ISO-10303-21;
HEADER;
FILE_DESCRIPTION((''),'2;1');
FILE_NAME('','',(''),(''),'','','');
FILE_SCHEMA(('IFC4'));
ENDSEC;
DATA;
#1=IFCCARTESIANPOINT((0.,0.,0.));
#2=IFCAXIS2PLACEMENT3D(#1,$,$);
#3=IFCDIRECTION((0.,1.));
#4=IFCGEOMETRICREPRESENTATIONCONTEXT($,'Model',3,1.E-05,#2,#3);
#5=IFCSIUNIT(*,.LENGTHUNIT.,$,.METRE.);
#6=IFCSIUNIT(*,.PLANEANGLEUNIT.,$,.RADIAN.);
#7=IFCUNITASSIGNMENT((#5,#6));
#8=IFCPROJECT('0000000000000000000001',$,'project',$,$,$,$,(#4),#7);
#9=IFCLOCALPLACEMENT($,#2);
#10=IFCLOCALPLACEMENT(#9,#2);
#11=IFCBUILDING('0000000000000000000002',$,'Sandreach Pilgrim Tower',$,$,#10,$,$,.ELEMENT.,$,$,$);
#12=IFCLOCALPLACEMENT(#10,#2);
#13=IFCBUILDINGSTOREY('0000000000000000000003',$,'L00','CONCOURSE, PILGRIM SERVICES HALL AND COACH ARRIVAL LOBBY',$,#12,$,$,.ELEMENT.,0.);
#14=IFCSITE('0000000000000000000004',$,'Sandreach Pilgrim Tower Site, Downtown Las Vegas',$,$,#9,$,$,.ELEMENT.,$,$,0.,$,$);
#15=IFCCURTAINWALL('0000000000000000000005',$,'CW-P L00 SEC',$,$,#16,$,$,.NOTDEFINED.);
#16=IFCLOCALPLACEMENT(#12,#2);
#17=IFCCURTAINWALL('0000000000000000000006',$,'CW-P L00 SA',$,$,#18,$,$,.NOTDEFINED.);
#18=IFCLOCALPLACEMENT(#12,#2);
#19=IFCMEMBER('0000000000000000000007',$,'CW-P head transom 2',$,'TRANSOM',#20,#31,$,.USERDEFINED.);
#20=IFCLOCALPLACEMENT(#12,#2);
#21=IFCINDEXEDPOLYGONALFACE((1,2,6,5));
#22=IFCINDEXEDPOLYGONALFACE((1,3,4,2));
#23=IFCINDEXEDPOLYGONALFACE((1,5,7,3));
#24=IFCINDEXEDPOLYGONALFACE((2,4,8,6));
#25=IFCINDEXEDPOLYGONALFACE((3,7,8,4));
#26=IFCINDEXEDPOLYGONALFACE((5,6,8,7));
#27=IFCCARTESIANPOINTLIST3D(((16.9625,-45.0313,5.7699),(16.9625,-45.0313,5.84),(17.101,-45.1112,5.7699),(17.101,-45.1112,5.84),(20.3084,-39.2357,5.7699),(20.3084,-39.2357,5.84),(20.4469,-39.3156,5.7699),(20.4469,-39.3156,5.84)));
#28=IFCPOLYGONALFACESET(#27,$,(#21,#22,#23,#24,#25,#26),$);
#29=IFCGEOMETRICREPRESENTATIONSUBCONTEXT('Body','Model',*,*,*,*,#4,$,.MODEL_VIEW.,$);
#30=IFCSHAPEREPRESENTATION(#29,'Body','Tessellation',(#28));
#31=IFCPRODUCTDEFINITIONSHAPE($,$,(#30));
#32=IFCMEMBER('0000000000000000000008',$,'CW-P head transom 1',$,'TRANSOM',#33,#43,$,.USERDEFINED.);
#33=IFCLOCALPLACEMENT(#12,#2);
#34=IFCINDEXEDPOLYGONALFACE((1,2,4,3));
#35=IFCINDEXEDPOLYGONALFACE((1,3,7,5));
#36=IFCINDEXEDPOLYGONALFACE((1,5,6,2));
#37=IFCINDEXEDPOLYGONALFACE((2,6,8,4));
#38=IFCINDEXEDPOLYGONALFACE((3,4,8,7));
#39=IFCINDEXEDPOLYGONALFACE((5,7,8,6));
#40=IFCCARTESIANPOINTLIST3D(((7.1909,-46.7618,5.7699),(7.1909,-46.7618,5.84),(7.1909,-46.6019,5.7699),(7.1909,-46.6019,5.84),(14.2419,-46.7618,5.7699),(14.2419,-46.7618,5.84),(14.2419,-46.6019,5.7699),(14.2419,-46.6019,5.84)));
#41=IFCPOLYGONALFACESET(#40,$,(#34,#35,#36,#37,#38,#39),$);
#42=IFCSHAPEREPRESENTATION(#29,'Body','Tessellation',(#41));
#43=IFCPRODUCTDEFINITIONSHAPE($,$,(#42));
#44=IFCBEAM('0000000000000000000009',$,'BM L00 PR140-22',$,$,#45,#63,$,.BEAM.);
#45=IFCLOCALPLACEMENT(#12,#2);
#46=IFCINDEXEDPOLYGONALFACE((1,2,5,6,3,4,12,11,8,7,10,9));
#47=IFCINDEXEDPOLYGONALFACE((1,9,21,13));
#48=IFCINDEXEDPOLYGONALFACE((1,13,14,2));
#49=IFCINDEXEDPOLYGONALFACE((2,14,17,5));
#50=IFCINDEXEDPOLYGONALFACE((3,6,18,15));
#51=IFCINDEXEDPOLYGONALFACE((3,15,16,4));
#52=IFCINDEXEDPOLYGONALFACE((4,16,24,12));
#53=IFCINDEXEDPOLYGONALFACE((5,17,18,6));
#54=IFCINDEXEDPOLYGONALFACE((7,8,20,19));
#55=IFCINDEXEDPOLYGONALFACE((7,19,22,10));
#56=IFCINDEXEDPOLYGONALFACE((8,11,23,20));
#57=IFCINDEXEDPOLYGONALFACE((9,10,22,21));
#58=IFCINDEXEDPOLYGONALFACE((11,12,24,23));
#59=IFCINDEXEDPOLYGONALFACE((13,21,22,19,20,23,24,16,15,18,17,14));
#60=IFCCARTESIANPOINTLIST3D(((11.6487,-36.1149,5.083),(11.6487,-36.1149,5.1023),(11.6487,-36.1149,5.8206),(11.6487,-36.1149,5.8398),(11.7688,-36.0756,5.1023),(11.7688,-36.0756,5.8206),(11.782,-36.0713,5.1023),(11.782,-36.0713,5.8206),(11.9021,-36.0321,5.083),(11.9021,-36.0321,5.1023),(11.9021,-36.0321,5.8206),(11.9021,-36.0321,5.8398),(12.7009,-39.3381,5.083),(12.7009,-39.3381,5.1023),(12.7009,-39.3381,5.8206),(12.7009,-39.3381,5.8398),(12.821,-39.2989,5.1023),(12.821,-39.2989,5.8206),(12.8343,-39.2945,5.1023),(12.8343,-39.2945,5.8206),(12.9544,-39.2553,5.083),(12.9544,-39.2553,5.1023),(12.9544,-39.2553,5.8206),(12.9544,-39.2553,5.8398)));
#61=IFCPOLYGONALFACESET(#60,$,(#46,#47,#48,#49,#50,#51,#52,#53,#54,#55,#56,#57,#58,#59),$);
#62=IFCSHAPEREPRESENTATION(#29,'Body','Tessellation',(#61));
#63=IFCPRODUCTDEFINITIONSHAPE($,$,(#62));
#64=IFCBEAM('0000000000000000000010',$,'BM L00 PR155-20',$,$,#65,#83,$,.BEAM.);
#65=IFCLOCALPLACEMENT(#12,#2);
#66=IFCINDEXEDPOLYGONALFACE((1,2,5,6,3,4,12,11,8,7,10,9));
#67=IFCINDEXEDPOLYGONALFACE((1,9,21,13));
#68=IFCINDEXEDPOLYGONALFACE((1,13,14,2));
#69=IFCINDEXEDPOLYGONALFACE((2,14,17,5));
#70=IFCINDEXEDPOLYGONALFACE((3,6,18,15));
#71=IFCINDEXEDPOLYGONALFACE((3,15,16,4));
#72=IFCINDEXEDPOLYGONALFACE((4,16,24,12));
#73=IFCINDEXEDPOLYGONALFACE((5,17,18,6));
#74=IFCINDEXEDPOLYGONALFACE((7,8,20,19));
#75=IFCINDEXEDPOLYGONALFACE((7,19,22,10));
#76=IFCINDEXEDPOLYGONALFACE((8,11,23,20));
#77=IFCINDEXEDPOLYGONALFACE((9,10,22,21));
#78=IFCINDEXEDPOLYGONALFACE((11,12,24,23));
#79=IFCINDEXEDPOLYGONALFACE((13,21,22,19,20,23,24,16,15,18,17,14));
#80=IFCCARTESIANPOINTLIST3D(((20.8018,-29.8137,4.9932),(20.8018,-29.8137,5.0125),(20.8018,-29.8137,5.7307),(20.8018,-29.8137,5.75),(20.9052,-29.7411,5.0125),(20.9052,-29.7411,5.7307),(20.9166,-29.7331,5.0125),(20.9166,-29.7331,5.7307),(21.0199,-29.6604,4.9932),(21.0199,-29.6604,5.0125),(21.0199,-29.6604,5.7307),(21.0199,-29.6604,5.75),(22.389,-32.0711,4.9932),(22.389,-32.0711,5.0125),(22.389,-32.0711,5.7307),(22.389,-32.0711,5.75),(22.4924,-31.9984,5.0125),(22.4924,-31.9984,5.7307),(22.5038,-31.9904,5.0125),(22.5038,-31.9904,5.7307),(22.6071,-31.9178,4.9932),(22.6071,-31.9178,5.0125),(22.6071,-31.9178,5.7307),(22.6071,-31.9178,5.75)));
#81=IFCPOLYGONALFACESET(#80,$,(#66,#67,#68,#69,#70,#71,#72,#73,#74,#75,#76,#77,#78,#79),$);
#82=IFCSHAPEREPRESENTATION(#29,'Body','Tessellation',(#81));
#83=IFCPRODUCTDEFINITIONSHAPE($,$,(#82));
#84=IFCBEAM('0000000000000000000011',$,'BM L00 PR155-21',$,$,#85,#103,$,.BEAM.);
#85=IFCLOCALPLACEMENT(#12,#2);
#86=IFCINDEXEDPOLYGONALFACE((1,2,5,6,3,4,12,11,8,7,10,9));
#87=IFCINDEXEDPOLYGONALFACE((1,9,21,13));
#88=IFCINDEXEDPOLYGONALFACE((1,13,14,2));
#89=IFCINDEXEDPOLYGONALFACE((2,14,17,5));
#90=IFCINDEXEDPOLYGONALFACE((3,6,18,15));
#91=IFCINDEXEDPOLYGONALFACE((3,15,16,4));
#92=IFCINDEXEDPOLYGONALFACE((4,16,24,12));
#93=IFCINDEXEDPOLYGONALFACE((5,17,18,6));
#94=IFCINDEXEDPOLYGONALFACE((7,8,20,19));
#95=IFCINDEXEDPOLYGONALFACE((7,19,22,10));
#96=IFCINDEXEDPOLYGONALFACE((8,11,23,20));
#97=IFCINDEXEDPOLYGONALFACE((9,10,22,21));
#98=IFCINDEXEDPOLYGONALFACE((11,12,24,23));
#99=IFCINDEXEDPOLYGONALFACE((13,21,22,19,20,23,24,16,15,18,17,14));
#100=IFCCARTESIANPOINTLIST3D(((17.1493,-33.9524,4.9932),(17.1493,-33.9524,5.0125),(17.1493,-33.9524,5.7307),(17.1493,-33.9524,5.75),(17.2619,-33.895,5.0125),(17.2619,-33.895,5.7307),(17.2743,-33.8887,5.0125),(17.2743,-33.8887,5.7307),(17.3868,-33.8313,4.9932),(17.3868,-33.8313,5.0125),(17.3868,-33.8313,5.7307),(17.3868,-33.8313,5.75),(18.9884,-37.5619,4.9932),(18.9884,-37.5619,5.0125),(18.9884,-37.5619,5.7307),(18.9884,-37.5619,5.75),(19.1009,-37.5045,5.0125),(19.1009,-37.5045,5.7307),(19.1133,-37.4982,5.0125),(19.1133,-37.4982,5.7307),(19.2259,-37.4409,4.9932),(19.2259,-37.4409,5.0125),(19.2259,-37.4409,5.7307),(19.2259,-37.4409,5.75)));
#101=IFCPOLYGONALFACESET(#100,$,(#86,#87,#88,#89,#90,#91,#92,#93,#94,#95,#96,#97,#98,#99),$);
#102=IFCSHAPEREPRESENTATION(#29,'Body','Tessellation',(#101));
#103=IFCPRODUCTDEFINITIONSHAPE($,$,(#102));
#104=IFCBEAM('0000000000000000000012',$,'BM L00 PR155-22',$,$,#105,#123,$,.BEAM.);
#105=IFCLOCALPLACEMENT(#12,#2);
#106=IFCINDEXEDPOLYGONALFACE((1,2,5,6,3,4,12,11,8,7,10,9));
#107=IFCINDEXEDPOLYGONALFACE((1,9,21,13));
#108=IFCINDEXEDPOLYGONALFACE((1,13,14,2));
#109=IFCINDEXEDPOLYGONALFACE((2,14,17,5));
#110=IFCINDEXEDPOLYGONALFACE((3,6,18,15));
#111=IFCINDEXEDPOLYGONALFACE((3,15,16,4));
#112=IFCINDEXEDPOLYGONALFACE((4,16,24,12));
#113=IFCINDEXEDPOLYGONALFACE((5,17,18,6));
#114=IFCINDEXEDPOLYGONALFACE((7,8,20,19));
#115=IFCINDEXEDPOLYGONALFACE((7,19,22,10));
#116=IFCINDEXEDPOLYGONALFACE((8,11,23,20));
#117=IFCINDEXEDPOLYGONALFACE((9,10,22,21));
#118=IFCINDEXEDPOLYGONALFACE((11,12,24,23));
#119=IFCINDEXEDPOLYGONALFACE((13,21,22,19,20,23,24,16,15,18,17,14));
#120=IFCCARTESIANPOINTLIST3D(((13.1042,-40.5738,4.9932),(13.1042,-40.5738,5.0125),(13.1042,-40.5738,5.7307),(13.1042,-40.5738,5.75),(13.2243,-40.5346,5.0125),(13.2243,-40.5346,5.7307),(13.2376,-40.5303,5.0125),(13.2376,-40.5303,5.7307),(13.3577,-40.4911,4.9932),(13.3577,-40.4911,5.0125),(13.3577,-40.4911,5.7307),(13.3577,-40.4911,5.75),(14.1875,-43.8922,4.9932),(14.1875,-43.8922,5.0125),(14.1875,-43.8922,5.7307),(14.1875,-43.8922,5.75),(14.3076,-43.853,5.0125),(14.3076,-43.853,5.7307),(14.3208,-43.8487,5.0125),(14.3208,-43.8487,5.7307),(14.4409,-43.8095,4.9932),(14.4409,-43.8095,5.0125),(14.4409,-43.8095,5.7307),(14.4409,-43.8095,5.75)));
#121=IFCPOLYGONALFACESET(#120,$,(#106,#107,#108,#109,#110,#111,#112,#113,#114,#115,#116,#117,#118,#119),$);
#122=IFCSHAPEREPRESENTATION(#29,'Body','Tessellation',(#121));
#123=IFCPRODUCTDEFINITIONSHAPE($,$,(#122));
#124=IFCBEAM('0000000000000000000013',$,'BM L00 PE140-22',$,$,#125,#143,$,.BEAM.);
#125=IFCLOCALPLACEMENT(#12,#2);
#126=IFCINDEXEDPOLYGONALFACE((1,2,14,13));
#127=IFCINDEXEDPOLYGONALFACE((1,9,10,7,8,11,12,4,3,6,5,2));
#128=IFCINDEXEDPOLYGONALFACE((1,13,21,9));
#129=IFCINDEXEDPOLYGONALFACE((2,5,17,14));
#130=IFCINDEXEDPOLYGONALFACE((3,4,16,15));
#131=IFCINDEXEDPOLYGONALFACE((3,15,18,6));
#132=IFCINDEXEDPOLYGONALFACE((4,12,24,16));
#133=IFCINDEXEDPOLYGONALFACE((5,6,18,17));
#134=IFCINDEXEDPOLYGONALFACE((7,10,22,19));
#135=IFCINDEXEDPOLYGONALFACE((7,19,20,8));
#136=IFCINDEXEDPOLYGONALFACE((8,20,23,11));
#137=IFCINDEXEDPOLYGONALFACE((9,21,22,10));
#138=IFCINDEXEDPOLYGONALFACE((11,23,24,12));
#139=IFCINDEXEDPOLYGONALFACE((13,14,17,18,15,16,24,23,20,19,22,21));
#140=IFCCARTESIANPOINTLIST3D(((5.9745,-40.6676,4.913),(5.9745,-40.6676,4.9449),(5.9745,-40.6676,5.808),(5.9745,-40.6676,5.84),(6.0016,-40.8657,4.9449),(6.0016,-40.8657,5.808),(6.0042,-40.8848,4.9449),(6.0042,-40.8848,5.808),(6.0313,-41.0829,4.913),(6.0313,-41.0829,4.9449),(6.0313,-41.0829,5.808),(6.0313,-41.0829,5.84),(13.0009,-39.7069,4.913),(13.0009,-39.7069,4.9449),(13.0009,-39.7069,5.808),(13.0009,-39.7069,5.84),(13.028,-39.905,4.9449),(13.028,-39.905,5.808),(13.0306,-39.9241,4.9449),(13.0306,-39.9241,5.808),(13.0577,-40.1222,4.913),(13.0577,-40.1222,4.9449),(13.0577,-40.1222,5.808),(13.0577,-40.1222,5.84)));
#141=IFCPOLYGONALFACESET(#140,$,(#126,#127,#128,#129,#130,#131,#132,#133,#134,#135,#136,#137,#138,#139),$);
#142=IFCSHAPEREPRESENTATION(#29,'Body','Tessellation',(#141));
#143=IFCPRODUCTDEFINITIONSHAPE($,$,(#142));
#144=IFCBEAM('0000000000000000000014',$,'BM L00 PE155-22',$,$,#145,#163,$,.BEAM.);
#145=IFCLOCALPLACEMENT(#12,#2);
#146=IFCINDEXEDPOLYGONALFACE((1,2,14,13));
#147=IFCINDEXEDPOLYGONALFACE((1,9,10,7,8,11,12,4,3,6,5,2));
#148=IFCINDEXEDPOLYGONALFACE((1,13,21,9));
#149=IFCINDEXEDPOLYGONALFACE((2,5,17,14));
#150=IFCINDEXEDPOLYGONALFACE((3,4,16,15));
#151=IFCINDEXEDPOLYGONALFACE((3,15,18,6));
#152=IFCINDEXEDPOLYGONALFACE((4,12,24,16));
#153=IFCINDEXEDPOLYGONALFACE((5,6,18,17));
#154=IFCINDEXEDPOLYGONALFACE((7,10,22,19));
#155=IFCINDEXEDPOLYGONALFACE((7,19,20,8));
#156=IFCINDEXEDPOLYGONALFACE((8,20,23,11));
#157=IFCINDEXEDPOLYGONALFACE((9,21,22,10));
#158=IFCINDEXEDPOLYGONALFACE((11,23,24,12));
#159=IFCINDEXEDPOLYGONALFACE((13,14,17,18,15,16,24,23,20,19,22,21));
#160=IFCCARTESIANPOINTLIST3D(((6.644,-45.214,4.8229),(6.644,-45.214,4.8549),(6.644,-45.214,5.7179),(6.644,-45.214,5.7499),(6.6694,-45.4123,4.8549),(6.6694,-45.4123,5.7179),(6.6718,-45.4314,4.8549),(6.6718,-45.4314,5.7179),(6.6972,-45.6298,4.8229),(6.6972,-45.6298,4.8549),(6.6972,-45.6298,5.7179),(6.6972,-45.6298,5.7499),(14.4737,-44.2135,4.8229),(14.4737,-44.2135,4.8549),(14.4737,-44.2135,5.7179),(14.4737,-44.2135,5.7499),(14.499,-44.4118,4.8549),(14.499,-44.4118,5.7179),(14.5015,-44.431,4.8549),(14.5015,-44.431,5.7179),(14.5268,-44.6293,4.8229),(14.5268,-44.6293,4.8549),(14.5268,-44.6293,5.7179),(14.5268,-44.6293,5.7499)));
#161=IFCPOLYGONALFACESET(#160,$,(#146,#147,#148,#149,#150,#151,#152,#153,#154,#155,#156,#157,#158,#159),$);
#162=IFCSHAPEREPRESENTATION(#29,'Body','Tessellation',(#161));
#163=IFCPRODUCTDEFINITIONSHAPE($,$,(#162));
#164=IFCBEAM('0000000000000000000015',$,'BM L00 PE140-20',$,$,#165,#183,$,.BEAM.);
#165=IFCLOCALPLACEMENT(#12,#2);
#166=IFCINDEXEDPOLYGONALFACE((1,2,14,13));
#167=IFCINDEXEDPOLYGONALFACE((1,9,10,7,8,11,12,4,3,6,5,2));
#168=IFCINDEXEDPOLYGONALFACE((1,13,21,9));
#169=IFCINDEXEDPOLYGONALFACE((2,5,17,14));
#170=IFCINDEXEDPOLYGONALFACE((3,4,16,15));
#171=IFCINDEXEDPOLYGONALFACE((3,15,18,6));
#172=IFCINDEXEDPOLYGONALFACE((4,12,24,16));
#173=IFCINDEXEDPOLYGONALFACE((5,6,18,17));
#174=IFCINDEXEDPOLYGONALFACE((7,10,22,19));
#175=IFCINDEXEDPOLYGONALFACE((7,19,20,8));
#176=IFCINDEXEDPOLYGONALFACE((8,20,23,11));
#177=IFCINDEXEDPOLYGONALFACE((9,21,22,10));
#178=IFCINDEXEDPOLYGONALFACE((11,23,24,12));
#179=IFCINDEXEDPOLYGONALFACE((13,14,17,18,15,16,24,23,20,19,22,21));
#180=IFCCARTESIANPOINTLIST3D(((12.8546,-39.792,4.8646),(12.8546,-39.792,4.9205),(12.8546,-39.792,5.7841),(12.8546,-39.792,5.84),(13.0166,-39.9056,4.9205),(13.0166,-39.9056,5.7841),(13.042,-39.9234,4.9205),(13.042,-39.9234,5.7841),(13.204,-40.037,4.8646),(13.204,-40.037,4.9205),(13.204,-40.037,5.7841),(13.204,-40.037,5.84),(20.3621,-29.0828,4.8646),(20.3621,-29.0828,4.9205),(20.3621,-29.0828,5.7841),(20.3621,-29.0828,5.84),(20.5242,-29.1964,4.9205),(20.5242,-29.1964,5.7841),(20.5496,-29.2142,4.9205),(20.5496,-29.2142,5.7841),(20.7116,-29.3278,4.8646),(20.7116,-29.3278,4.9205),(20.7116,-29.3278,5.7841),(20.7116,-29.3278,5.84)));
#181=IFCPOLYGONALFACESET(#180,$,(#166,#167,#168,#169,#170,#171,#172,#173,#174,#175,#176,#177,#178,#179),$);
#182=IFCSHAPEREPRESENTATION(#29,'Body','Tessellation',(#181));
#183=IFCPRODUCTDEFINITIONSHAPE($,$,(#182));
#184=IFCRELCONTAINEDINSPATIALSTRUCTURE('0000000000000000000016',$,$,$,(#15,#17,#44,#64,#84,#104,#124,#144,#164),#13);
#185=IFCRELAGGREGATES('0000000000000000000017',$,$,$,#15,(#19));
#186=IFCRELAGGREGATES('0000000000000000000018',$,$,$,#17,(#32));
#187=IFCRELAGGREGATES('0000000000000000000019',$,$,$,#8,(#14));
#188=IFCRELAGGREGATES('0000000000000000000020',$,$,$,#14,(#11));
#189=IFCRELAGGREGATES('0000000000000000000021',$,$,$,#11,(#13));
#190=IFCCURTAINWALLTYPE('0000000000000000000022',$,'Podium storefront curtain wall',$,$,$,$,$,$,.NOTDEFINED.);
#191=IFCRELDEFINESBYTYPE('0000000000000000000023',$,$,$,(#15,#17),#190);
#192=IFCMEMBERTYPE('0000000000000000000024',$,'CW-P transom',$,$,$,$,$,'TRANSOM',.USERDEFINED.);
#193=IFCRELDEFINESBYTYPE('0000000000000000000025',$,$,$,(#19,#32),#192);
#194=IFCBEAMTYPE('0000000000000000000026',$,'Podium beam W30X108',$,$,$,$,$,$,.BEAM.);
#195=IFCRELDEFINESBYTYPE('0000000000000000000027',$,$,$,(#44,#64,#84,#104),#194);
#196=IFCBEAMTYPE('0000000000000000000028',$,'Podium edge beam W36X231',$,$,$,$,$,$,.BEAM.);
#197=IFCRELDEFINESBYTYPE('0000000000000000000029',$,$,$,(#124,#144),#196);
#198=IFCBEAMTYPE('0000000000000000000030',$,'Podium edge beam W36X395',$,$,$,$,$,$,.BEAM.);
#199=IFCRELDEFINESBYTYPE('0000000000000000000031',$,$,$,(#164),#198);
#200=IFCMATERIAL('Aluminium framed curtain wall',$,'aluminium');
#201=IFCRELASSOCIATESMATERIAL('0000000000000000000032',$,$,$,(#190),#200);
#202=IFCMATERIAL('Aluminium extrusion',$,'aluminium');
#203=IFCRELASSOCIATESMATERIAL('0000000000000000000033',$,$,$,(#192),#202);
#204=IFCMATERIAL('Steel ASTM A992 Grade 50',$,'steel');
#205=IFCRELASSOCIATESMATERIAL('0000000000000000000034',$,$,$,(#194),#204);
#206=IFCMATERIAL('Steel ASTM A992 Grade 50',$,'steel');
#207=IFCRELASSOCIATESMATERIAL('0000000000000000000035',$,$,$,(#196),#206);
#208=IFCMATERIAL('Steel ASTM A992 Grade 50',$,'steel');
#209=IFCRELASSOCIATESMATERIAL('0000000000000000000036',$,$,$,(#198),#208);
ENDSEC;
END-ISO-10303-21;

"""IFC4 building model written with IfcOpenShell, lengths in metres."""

from ifc_helpers import new_model, si_unit, direction, frame, origin, origin_2d, place, context, subcontext, project, spatial, rectangle, i_section, extrude, material, material_profile, profile_set, type_object, element, aggregate, save


model = new_model("IFC4")

# Units and contexts
model_context = context("Model", 3, precision=1e-05, world=origin(), true_north=direction((0.0, 1.0)))
body_context = subcontext(model_context, "Body", "Model", "MODEL_VIEW")
ifc_project = project(units=[si_unit("LENGTHUNIT", "METRE"), si_unit("PLANEANGLEUNIT", "RADIAN")], contexts=[model_context])

# Site, building, storey
site_placement = place(None, origin())
site = spatial("IfcSite", under=ifc_project, at=site_placement, Name="Sandreach Pilgrim Tower Site, Downtown Las Vegas", CompositionType="ELEMENT", RefElevation=0.0)
building_placement = place(site_placement, origin())
building = spatial("IfcBuilding", under=site, at=building_placement, Name="Sandreach Pilgrim Tower", CompositionType="ELEMENT")
storey_placement = place(building_placement, origin())
storey = spatial("IfcBuildingStorey", under=building, at=storey_placement, Name="L00", Description="CONCOURSE, PILGRIM SERVICES HALL AND COACH ARRIVAL LOBBY", CompositionType="ELEMENT", Elevation=0.0)

# Curtain wall
ifc_material_1 = material(Name="Aluminium framed curtain wall", Category="aluminium")
curtain_wall_type = type_object("IfcCurtainWallType", Name="Podium storefront curtain wall", PredefinedType="NOTDEFINED", material=ifc_material_1)
curtain_wall_1_placement = place(storey_placement, origin())
curtain_wall_1 = element("IfcCurtainWall", 1, at=curtain_wall_1_placement, inside=storey, type_object=curtain_wall_type, Name="CW-P L00 SEC", PredefinedType="NOTDEFINED")

# Curtain wall
curtain_wall_2_placement = place(storey_placement, origin())
curtain_wall_2 = element("IfcCurtainWall", 2, at=curtain_wall_2_placement, inside=storey, type_object=curtain_wall_type, Name="CW-P L00 SA", PredefinedType="NOTDEFINED")

# Members
ifc_material_2 = material(Name="Aluminium extrusion", Category="aluminium")
ifc_material_profile_1 = material_profile(ifc_material_2, rectangle(XDim=0.1599, YDim=0.0701, at=origin_2d()), Name="CW-PT 160X70")
ifc_profile_set_1 = profile_set([ifc_material_profile_1], Name="Aluminium extrusion")
member_type_1 = type_object("IfcMemberType", Name="CW-P transom", ElementType="TRANSOM", PredefinedType="USERDEFINED", material=ifc_profile_set_1)
member_1_placement = place(storey_placement, frame((20.3777, -39.2756, 5.8049), z_axis=(-0.49998, -0.866037, 0.0), x_axis=(0.866037, -0.49998, 0.0)))
member_1 = element("IfcMember", 3, at=member_1_placement, type_object=member_type_1, Name="CW-P head transom 2", ObjectType="TRANSOM", PredefinedType="USERDEFINED", context=body_context, shape_type="SweptSolid", body=[
    extrude(rectangle(XDim=0.1599, YDim=0.0701, at=origin_2d()), origin(), (0.0, 0.0, 1.0), 6.6921),
])
member_2_placement = place(storey_placement, frame((14.2419, -46.6819, 5.8049), z_axis=(-1.0, 0.0, 0.0), x_axis=(0.0, -1.0, 0.0)))
member_2 = element("IfcMember", 4, at=member_2_placement, type_object=member_type_1, Name="CW-P head transom 1", ObjectType="TRANSOM", PredefinedType="USERDEFINED", context=body_context, shape_type="SweptSolid", body=[
    extrude(rectangle(XDim=0.1599, YDim=0.0701, at=origin_2d()), origin(), (0.0, 0.0, 1.0), 7.051),
])

# Beams
ifc_material_3 = material(Name="Steel ASTM A992 Grade 50", Category="steel")
ifc_material_profile_2 = material_profile(ifc_material_3, i_section(OverallWidth=0.2666, OverallDepth=0.7568, WebThickness=0.0139, FlangeThickness=0.0193, at=origin_2d()), Name="W30X108")
ifc_profile_set_2 = profile_set([ifc_material_profile_2], Name="Steel ASTM A992 Grade 50")
beam_type_1 = type_object("IfcBeamType", Name="Podium beam W30X108", PredefinedType="BEAM", material=ifc_profile_set_2)
beam_1_placement = place(storey_placement, frame((11.7754, -36.0735, 5.4614), z_axis=(0.310346, -0.950624, 0.0), x_axis=(0.950624, 0.310346, 0.0)))
element("IfcBeam", 5, at=beam_1_placement, inside=storey, type_object=beam_type_1, Name="BM L00 PR140-22", PredefinedType="BEAM", context=body_context, shape_type="SweptSolid", body=[
    extrude(i_section(OverallWidth=0.2666, OverallDepth=0.7568, WebThickness=0.0139, FlangeThickness=0.0193, at=origin_2d()), origin(), (0.0, 0.0, 1.0), 3.3906),
])
beam_2_placement = place(storey_placement, frame((20.9109, -29.7371, 5.3716), z_axis=(0.575171, -0.818033, 0.0), x_axis=(0.818033, 0.575171, 0.0)))
element("IfcBeam", 6, at=beam_2_placement, inside=storey, type_object=beam_type_1, Name="BM L00 PR155-20", PredefinedType="BEAM", context=body_context, shape_type="SweptSolid", body=[
    extrude(i_section(OverallWidth=0.2666, OverallDepth=0.7568, WebThickness=0.0139, FlangeThickness=0.0193, at=origin_2d()), origin(), (0.0, 0.0, 1.0), 2.7595),
])
beam_3_placement = place(storey_placement, frame((17.2681, -33.8918, 5.3716), z_axis=(0.453975, -0.891015, 0.0), x_axis=(0.891015, 0.453975, 0.0)))
element("IfcBeam", 7, at=beam_3_placement, inside=storey, type_object=beam_type_1, Name="BM L00 PR155-21", PredefinedType="BEAM", context=body_context, shape_type="SweptSolid", body=[
    extrude(i_section(OverallWidth=0.2666, OverallDepth=0.7568, WebThickness=0.0139, FlangeThickness=0.0193, at=origin_2d()), origin(), (0.0, 0.0, 1.0), 4.051),
])
beam_4_placement = place(storey_placement, frame((13.231, -40.5325, 5.3716), z_axis=(0.310326, -0.95063, 0.0), x_axis=(0.95063, 0.310326, 0.0)))
element("IfcBeam", 8, at=beam_4_placement, inside=storey, type_object=beam_type_1, Name="BM L00 PR155-22", PredefinedType="BEAM", context=body_context, shape_type="SweptSolid", body=[
    extrude(i_section(OverallWidth=0.2666, OverallDepth=0.7568, WebThickness=0.0139, FlangeThickness=0.0193, at=origin_2d()), origin(), (0.0, 0.0, 1.0), 3.4907),
])
ifc_material_4 = material(Name="Steel ASTM A992 Grade 50", Category="steel")
ifc_material_profile_3 = material_profile(ifc_material_4, i_section(OverallWidth=0.4192, OverallDepth=0.927, WebThickness=0.0193, FlangeThickness=0.032, at=origin_2d()), Name="W36X231")
ifc_profile_set_3 = profile_set([ifc_material_profile_3], Name="Steel ASTM A992 Grade 50")
beam_type_2 = type_object("IfcBeamType", Name="Podium edge beam W36X231", PredefinedType="BEAM", material=ifc_profile_set_3)
beam_5_placement = place(storey_placement, frame((13.0293, -39.9146, 5.3765), z_axis=(-0.990782, -0.135467, 0.0), x_axis=(0.135467, -0.990782, 0.0)))
element("IfcBeam", 9, at=beam_5_placement, inside=storey, type_object=beam_type_2, Name="BM L00 PE140-22", PredefinedType="BEAM", context=body_context, shape_type="SweptSolid", body=[
    extrude(i_section(OverallWidth=0.4192, OverallDepth=0.927, WebThickness=0.0193, FlangeThickness=0.032, at=origin_2d()), origin(), (0.0, 0.0, 1.0), 7.0918),
])
beam_6_placement = place(storey_placement, frame((14.5002, -44.4214, 5.2864), z_axis=(-0.991934, -0.126752, 0.0), x_axis=(0.126752, -0.991934, 0.0)))
element("IfcBeam", 10, at=beam_6_placement, inside=storey, type_object=beam_type_2, Name="BM L00 PE155-22", PredefinedType="BEAM", context=body_context, shape_type="SweptSolid", body=[
    extrude(i_section(OverallWidth=0.4192, OverallDepth=0.927, WebThickness=0.0193, FlangeThickness=0.032, at=origin_2d()), origin(), (0.0, 0.0, 1.0), 7.8933),
])
ifc_material_5 = material(Name="Steel ASTM A992 Grade 50", Category="steel")
ifc_material_profile_4 = material_profile(ifc_material_5, i_section(OverallWidth=0.4268, OverallDepth=0.9753, WebThickness=0.031, FlangeThickness=0.0559, at=origin_2d()), Name="W36X395")
ifc_profile_set_4 = profile_set([ifc_material_profile_4], Name="Steel ASTM A992 Grade 50")
beam_type_3 = type_object("IfcBeamType", Name="Podium edge beam W36X395", PredefinedType="BEAM", material=ifc_profile_set_4)
beam_7_placement = place(storey_placement, frame((20.5369, -29.2053, 5.3523), z_axis=(-0.574032, -0.818833, 0.0), x_axis=(0.818833, -0.574032, 0.0)))
element("IfcBeam", 11, at=beam_7_placement, inside=storey, type_object=beam_type_3, Name="BM L00 PE140-20", PredefinedType="BEAM", context=body_context, shape_type="SweptSolid", body=[
    extrude(i_section(OverallWidth=0.4268, OverallDepth=0.9753, WebThickness=0.031, FlangeThickness=0.0559, at=origin_2d()), origin(), (0.0, 0.0, 1.0), 13.0786),
])

aggregate(curtain_wall_1, [member_1])
aggregate(curtain_wall_2, [member_2])

save(model, "model.ifc")
